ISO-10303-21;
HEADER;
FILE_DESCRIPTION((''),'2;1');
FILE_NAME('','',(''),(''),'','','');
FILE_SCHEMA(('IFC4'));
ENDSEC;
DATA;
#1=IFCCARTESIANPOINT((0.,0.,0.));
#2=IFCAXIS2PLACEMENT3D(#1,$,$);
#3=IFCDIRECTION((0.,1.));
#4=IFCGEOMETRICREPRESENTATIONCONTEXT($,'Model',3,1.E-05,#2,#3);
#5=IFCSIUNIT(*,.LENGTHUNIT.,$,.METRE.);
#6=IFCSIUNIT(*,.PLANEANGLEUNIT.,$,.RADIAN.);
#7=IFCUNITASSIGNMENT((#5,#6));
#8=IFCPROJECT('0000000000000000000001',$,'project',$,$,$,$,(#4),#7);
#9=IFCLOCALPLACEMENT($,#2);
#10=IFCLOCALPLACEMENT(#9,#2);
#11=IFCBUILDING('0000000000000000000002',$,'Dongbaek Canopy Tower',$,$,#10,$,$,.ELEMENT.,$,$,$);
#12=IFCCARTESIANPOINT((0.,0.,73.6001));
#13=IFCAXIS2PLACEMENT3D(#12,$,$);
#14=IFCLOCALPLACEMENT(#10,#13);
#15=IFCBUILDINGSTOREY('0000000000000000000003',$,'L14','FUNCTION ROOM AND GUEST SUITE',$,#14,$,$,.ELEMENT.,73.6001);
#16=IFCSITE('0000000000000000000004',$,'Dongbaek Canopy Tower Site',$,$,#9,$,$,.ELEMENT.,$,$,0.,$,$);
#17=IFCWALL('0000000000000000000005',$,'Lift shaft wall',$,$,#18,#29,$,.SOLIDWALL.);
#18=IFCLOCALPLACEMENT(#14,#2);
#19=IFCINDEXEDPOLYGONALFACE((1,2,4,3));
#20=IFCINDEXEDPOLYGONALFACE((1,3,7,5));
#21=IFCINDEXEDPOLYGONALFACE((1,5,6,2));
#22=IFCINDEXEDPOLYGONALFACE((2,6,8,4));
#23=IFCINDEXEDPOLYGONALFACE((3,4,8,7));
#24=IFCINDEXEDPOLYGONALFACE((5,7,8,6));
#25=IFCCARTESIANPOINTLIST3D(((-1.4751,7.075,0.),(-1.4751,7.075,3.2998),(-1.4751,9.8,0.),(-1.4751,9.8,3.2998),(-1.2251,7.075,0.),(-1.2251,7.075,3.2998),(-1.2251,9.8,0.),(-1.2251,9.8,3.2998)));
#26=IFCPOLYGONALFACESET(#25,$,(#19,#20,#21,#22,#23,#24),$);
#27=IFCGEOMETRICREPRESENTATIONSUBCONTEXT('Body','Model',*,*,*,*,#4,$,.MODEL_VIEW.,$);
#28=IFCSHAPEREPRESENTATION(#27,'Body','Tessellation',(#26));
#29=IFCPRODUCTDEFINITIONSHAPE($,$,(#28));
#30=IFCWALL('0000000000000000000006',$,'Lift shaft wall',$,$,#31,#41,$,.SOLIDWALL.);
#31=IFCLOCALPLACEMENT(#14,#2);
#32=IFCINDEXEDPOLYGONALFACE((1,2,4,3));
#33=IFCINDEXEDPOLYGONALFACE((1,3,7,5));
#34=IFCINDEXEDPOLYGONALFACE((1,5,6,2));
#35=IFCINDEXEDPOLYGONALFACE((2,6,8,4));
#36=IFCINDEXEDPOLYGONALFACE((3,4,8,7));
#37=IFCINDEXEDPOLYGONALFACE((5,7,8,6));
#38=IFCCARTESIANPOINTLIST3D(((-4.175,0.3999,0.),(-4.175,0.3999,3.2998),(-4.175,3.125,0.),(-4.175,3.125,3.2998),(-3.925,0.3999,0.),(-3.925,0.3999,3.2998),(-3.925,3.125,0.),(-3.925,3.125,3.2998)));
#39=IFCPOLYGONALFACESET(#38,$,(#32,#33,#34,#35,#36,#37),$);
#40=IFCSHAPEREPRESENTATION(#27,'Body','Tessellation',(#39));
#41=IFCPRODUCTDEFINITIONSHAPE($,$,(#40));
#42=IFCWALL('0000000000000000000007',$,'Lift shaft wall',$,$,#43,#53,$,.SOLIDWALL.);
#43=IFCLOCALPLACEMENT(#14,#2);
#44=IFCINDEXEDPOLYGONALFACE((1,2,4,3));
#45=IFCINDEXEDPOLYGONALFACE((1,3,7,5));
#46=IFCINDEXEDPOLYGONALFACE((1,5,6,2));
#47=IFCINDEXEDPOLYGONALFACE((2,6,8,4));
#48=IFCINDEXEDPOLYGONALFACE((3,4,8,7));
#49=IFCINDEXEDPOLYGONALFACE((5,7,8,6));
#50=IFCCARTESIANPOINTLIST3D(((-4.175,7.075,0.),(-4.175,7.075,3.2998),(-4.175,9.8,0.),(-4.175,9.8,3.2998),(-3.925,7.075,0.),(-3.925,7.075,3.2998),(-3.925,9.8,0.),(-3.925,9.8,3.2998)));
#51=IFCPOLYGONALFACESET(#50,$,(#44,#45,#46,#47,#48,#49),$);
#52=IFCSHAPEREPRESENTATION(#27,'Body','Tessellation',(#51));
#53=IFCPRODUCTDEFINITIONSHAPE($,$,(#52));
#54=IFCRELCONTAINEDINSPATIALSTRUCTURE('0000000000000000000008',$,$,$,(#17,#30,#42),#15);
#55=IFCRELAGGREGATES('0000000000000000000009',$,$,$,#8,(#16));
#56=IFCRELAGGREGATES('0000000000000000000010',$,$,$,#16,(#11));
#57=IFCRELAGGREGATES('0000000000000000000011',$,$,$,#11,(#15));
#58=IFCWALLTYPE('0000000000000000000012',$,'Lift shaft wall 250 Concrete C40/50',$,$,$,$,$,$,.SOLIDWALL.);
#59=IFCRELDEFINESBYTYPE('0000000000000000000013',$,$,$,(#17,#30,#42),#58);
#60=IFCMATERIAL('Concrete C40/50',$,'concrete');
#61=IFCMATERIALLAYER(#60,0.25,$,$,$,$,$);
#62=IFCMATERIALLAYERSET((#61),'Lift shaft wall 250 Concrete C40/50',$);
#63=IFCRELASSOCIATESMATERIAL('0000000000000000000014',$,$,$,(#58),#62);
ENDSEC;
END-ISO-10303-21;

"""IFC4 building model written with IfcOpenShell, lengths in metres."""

from ifc_helpers import new_model, si_unit, direction, frame, frame_2d, origin, place, context, subcontext, project, spatial, rectangle, extrude, material, layer, layer_set, type_object, element, save


model = new_model("IFC4")

# Units and contexts
model_context = context("Model", 3, precision=1e-05, world=origin(), true_north=direction((0.0, 1.0)))
body_context = subcontext(model_context, "Body", "Model", "MODEL_VIEW")
ifc_project = project(units=[si_unit("LENGTHUNIT", "METRE"), si_unit("PLANEANGLEUNIT", "RADIAN")], contexts=[model_context])

# Site, building, storey
site_placement = place(None, origin())
site = spatial("IfcSite", under=ifc_project, at=site_placement, Name="Dongbaek Canopy Tower Site", CompositionType="ELEMENT", RefElevation=0.0)
building_placement = place(site_placement, origin())
building = spatial("IfcBuilding", under=site, at=building_placement, Name="Dongbaek Canopy Tower", CompositionType="ELEMENT")
storey_placement = place(building_placement, frame((0.0, 0.0, 73.6001)))
storey = spatial("IfcBuildingStorey", under=building, at=storey_placement, Name="L14", Description="FUNCTION ROOM AND GUEST SUITE", CompositionType="ELEMENT", Elevation=73.6001)

# Walls
ifc_material_1 = material(Name="Concrete C40/50", Category="concrete")
ifc_layer_1 = layer(ifc_material_1, 0.25)
ifc_layer_set_1 = layer_set([ifc_layer_1], Name="Lift shaft wall 250 Concrete C40/50")
wall_type = type_object("IfcWallType", Name="Lift shaft wall 250 Concrete C40/50", PredefinedType="SOLIDWALL", material=ifc_layer_set_1)
for number, where, z_axis, x_axis, name in (
    (1, (-1.3501, 7.075, 0.0), (0.0, 0.0, 1.0), (0.0, 1.0, 0.0), "Lift shaft wall"),
    (2, (-4.05, 0.3999, 0.0), (0.0, 0.0, 1.0), (0.0, 1.0, 0.0), "Lift shaft wall"),
    (3, (-4.05, 7.075, 0.0), (0.0, 0.0, 1.0), (0.0, 1.0, 0.0), "Lift shaft wall"),
):
    element("IfcWall", number, at=place(storey_placement, frame(where, z_axis=z_axis, x_axis=x_axis)), inside=storey, type_object=wall_type, Name=name, PredefinedType="SOLIDWALL", context=body_context, shape_type="SweptSolid", body=[
        extrude(rectangle(XDim=2.7251, YDim=0.25, at=frame_2d((1.3625, 0.0))), origin(), (0.0, 0.0, 1.0), 3.2998),
    ])

save(model, "model.ifc")
